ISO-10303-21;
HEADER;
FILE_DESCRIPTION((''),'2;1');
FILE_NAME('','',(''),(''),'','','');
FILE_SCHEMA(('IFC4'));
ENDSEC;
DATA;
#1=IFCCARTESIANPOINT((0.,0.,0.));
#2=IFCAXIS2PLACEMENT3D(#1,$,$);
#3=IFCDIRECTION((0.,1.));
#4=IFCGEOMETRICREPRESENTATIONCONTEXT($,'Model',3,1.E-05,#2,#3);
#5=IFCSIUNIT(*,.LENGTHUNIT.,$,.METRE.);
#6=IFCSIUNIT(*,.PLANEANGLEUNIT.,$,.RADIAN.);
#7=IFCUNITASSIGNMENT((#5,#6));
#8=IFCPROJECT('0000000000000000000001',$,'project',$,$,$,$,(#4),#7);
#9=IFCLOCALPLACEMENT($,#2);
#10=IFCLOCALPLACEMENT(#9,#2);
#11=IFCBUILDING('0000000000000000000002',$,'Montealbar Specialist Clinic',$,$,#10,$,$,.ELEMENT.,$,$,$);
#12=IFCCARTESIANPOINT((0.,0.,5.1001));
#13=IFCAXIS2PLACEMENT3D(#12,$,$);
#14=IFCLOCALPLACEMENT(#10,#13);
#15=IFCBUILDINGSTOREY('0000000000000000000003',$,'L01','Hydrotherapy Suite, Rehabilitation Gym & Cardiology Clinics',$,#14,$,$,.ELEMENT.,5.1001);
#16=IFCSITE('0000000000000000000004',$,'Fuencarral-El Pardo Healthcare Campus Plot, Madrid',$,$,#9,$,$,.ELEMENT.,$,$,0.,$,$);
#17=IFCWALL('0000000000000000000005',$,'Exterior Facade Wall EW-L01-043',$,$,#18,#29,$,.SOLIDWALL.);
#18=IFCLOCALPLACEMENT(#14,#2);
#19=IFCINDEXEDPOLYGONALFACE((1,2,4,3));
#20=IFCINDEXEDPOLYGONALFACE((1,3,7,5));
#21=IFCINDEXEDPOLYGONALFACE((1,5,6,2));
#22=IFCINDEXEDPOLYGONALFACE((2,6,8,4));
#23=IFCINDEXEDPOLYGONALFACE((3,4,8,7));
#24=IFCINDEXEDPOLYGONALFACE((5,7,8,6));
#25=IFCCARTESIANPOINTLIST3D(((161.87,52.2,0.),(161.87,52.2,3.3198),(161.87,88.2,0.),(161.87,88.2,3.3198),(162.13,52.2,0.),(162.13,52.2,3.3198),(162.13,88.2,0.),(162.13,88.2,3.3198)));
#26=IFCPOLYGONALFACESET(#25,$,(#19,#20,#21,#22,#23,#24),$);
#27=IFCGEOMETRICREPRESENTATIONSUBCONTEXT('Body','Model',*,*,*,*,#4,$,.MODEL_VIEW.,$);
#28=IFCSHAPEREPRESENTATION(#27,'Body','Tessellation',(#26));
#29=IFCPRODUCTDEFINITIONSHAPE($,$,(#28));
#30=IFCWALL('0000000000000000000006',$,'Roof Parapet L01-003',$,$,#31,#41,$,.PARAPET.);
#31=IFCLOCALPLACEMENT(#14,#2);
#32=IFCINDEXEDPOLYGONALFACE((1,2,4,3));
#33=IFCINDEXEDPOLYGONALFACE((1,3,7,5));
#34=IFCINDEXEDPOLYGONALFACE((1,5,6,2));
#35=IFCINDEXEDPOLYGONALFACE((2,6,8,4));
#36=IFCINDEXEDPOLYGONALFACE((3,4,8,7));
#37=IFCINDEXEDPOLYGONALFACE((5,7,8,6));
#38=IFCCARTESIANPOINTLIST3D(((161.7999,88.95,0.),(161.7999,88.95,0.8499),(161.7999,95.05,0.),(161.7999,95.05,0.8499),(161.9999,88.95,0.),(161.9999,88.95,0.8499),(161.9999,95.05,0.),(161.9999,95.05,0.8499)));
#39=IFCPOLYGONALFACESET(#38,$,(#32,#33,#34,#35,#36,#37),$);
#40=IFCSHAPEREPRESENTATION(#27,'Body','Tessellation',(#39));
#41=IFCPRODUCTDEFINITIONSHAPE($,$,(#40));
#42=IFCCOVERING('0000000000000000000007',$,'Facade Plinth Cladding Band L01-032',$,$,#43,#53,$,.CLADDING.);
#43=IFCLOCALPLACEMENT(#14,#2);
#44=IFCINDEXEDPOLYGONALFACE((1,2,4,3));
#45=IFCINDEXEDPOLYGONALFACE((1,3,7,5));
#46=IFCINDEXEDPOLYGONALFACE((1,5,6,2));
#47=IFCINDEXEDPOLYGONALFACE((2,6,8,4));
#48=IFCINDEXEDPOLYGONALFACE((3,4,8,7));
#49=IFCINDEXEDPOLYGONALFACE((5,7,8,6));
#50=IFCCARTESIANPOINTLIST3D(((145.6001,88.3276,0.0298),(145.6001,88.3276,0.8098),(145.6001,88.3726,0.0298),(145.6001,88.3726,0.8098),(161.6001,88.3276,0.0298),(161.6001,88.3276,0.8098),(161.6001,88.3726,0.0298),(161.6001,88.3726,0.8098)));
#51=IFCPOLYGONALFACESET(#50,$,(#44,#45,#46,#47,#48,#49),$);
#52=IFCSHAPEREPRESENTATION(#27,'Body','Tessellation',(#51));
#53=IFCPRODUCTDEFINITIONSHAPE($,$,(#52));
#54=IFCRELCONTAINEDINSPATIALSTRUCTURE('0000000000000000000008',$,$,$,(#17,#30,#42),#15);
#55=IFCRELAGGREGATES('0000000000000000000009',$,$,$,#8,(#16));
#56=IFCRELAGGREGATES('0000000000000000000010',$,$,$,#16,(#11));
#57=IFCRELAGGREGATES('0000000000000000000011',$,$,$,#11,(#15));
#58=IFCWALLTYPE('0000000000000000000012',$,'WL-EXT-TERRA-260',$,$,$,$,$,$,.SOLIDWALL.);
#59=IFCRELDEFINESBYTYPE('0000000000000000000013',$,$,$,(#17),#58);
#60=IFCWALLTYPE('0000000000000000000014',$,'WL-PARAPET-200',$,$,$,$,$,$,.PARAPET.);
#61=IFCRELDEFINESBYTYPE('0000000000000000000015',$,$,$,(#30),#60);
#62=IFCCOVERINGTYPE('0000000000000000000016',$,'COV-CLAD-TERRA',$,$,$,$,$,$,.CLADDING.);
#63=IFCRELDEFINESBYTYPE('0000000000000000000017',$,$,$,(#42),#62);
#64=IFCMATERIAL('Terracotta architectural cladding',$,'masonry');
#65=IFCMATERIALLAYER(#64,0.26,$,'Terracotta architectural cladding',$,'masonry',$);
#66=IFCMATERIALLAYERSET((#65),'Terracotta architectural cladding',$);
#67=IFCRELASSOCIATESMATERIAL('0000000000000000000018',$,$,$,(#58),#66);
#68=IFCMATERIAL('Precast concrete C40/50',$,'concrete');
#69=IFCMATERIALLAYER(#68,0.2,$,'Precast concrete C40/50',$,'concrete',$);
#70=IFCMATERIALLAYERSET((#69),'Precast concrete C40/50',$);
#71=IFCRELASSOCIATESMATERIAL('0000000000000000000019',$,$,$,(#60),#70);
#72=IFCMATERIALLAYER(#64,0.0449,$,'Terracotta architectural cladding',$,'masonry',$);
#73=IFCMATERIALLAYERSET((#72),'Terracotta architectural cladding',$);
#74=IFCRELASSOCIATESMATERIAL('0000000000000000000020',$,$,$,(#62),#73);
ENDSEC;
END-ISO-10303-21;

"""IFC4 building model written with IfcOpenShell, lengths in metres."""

from ifc_helpers import new_model, si_unit, direction, frame, frame_2d, origin, origin_2d, place, context, subcontext, project, spatial, rectangle, extrude, material, layer, layer_set, type_object, element, save


model = new_model("IFC4")

# Units and contexts
model_context = context("Model", 3, precision=1e-05, world=origin(), true_north=direction((0.0, 1.0)))
body_context = subcontext(model_context, "Body", "Model", "MODEL_VIEW")
ifc_project = project(units=[si_unit("LENGTHUNIT", "METRE"), si_unit("PLANEANGLEUNIT", "RADIAN")], contexts=[model_context])

# Site, building, storey
site_placement = place(None, origin())
site = spatial("IfcSite", under=ifc_project, at=site_placement, Name="Fuencarral-El Pardo Healthcare Campus Plot, Madrid", CompositionType="ELEMENT", RefElevation=0.0)
building_placement = place(site_placement, origin())
building = spatial("IfcBuilding", under=site, at=building_placement, Name="Montealbar Specialist Clinic", CompositionType="ELEMENT")
storey_placement = place(building_placement, frame((0.0, 0.0, 5.1001)))
storey = spatial("IfcBuildingStorey", under=building, at=storey_placement, Name="L01", Description="Hydrotherapy Suite, Rehabilitation Gym & Cardiology Clinics", CompositionType="ELEMENT", Elevation=5.1001)

# Shared definitions
ifc_material_1 = material(Name="Precast concrete C40/50", Category="concrete")

# Walls
ifc_material_2 = material(Name="Terracotta architectural cladding", Category="masonry")
ifc_layer_1 = layer(ifc_material_2, 0.26, Name="Terracotta architectural cladding", Category="masonry")
ifc_layer_set_1 = layer_set([ifc_layer_1], Name="Terracotta architectural cladding")
wall_type_1 = type_object("IfcWallType", Name="WL-EXT-TERRA-260", PredefinedType="SOLIDWALL", material=ifc_layer_set_1)
wall_1_placement = place(storey_placement, frame((162.0, 88.2, 0.0), z_axis=(0.0, 0.0, 1.0), x_axis=(0.0, -1.0, 0.0)))
element("IfcWall", 1, at=wall_1_placement, inside=storey, type_object=wall_type_1, Name="Exterior Facade Wall EW-L01-043", PredefinedType="SOLIDWALL", context=body_context, shape_type="SweptSolid", body=[
    extrude(rectangle(XDim=36.0, YDim=0.26, at=frame_2d((18.0, 0.0))), origin(), (0.0, 0.0, 1.0), 3.3198),
])
ifc_layer_2 = layer(ifc_material_1, 0.2, Name="Precast concrete C40/50", Category="concrete")
ifc_layer_set_2 = layer_set([ifc_layer_2], Name="Precast concrete C40/50")
wall_type_2 = type_object("IfcWallType", Name="WL-PARAPET-200", PredefinedType="PARAPET", material=ifc_layer_set_2)
wall_2_placement = place(storey_placement, frame((161.8999, 95.05, 0.0), z_axis=(0.0, 0.0, 1.0), x_axis=(0.0, -1.0, 0.0)))
element("IfcWall", 2, at=wall_2_placement, inside=storey, type_object=wall_type_2, Name="Roof Parapet L01-003", PredefinedType="PARAPET", context=body_context, shape_type="SweptSolid", body=[
    extrude(rectangle(XDim=6.1001, YDim=0.2, at=frame_2d((3.05, 0.0))), origin(), (0.0, 0.0, 1.0), 0.8499),
])

# Covering
ifc_layer_3 = layer(ifc_material_2, 0.0449, Name="Terracotta architectural cladding", Category="masonry")
ifc_layer_set_3 = layer_set([ifc_layer_3], Name="Terracotta architectural cladding")
covering_type = type_object("IfcCoveringType", Name="COV-CLAD-TERRA", PredefinedType="CLADDING", material=ifc_layer_set_3)
covering_placement = place(storey_placement, frame((153.6001, 88.3501, 0.0298), z_axis=(0.0, 0.0, 1.0), x_axis=(1.0, 0.0, 0.0)))
element("IfcCovering", 3, at=covering_placement, inside=storey, type_object=covering_type, Name="Facade Plinth Cladding Band L01-032", PredefinedType="CLADDING", context=body_context, shape_type="SweptSolid", body=[
    extrude(rectangle(XDim=16.0, YDim=0.0449, at=origin_2d()), origin(), (0.0, 0.0, 1.0), 0.78),
])

save(model, "model.ifc")
